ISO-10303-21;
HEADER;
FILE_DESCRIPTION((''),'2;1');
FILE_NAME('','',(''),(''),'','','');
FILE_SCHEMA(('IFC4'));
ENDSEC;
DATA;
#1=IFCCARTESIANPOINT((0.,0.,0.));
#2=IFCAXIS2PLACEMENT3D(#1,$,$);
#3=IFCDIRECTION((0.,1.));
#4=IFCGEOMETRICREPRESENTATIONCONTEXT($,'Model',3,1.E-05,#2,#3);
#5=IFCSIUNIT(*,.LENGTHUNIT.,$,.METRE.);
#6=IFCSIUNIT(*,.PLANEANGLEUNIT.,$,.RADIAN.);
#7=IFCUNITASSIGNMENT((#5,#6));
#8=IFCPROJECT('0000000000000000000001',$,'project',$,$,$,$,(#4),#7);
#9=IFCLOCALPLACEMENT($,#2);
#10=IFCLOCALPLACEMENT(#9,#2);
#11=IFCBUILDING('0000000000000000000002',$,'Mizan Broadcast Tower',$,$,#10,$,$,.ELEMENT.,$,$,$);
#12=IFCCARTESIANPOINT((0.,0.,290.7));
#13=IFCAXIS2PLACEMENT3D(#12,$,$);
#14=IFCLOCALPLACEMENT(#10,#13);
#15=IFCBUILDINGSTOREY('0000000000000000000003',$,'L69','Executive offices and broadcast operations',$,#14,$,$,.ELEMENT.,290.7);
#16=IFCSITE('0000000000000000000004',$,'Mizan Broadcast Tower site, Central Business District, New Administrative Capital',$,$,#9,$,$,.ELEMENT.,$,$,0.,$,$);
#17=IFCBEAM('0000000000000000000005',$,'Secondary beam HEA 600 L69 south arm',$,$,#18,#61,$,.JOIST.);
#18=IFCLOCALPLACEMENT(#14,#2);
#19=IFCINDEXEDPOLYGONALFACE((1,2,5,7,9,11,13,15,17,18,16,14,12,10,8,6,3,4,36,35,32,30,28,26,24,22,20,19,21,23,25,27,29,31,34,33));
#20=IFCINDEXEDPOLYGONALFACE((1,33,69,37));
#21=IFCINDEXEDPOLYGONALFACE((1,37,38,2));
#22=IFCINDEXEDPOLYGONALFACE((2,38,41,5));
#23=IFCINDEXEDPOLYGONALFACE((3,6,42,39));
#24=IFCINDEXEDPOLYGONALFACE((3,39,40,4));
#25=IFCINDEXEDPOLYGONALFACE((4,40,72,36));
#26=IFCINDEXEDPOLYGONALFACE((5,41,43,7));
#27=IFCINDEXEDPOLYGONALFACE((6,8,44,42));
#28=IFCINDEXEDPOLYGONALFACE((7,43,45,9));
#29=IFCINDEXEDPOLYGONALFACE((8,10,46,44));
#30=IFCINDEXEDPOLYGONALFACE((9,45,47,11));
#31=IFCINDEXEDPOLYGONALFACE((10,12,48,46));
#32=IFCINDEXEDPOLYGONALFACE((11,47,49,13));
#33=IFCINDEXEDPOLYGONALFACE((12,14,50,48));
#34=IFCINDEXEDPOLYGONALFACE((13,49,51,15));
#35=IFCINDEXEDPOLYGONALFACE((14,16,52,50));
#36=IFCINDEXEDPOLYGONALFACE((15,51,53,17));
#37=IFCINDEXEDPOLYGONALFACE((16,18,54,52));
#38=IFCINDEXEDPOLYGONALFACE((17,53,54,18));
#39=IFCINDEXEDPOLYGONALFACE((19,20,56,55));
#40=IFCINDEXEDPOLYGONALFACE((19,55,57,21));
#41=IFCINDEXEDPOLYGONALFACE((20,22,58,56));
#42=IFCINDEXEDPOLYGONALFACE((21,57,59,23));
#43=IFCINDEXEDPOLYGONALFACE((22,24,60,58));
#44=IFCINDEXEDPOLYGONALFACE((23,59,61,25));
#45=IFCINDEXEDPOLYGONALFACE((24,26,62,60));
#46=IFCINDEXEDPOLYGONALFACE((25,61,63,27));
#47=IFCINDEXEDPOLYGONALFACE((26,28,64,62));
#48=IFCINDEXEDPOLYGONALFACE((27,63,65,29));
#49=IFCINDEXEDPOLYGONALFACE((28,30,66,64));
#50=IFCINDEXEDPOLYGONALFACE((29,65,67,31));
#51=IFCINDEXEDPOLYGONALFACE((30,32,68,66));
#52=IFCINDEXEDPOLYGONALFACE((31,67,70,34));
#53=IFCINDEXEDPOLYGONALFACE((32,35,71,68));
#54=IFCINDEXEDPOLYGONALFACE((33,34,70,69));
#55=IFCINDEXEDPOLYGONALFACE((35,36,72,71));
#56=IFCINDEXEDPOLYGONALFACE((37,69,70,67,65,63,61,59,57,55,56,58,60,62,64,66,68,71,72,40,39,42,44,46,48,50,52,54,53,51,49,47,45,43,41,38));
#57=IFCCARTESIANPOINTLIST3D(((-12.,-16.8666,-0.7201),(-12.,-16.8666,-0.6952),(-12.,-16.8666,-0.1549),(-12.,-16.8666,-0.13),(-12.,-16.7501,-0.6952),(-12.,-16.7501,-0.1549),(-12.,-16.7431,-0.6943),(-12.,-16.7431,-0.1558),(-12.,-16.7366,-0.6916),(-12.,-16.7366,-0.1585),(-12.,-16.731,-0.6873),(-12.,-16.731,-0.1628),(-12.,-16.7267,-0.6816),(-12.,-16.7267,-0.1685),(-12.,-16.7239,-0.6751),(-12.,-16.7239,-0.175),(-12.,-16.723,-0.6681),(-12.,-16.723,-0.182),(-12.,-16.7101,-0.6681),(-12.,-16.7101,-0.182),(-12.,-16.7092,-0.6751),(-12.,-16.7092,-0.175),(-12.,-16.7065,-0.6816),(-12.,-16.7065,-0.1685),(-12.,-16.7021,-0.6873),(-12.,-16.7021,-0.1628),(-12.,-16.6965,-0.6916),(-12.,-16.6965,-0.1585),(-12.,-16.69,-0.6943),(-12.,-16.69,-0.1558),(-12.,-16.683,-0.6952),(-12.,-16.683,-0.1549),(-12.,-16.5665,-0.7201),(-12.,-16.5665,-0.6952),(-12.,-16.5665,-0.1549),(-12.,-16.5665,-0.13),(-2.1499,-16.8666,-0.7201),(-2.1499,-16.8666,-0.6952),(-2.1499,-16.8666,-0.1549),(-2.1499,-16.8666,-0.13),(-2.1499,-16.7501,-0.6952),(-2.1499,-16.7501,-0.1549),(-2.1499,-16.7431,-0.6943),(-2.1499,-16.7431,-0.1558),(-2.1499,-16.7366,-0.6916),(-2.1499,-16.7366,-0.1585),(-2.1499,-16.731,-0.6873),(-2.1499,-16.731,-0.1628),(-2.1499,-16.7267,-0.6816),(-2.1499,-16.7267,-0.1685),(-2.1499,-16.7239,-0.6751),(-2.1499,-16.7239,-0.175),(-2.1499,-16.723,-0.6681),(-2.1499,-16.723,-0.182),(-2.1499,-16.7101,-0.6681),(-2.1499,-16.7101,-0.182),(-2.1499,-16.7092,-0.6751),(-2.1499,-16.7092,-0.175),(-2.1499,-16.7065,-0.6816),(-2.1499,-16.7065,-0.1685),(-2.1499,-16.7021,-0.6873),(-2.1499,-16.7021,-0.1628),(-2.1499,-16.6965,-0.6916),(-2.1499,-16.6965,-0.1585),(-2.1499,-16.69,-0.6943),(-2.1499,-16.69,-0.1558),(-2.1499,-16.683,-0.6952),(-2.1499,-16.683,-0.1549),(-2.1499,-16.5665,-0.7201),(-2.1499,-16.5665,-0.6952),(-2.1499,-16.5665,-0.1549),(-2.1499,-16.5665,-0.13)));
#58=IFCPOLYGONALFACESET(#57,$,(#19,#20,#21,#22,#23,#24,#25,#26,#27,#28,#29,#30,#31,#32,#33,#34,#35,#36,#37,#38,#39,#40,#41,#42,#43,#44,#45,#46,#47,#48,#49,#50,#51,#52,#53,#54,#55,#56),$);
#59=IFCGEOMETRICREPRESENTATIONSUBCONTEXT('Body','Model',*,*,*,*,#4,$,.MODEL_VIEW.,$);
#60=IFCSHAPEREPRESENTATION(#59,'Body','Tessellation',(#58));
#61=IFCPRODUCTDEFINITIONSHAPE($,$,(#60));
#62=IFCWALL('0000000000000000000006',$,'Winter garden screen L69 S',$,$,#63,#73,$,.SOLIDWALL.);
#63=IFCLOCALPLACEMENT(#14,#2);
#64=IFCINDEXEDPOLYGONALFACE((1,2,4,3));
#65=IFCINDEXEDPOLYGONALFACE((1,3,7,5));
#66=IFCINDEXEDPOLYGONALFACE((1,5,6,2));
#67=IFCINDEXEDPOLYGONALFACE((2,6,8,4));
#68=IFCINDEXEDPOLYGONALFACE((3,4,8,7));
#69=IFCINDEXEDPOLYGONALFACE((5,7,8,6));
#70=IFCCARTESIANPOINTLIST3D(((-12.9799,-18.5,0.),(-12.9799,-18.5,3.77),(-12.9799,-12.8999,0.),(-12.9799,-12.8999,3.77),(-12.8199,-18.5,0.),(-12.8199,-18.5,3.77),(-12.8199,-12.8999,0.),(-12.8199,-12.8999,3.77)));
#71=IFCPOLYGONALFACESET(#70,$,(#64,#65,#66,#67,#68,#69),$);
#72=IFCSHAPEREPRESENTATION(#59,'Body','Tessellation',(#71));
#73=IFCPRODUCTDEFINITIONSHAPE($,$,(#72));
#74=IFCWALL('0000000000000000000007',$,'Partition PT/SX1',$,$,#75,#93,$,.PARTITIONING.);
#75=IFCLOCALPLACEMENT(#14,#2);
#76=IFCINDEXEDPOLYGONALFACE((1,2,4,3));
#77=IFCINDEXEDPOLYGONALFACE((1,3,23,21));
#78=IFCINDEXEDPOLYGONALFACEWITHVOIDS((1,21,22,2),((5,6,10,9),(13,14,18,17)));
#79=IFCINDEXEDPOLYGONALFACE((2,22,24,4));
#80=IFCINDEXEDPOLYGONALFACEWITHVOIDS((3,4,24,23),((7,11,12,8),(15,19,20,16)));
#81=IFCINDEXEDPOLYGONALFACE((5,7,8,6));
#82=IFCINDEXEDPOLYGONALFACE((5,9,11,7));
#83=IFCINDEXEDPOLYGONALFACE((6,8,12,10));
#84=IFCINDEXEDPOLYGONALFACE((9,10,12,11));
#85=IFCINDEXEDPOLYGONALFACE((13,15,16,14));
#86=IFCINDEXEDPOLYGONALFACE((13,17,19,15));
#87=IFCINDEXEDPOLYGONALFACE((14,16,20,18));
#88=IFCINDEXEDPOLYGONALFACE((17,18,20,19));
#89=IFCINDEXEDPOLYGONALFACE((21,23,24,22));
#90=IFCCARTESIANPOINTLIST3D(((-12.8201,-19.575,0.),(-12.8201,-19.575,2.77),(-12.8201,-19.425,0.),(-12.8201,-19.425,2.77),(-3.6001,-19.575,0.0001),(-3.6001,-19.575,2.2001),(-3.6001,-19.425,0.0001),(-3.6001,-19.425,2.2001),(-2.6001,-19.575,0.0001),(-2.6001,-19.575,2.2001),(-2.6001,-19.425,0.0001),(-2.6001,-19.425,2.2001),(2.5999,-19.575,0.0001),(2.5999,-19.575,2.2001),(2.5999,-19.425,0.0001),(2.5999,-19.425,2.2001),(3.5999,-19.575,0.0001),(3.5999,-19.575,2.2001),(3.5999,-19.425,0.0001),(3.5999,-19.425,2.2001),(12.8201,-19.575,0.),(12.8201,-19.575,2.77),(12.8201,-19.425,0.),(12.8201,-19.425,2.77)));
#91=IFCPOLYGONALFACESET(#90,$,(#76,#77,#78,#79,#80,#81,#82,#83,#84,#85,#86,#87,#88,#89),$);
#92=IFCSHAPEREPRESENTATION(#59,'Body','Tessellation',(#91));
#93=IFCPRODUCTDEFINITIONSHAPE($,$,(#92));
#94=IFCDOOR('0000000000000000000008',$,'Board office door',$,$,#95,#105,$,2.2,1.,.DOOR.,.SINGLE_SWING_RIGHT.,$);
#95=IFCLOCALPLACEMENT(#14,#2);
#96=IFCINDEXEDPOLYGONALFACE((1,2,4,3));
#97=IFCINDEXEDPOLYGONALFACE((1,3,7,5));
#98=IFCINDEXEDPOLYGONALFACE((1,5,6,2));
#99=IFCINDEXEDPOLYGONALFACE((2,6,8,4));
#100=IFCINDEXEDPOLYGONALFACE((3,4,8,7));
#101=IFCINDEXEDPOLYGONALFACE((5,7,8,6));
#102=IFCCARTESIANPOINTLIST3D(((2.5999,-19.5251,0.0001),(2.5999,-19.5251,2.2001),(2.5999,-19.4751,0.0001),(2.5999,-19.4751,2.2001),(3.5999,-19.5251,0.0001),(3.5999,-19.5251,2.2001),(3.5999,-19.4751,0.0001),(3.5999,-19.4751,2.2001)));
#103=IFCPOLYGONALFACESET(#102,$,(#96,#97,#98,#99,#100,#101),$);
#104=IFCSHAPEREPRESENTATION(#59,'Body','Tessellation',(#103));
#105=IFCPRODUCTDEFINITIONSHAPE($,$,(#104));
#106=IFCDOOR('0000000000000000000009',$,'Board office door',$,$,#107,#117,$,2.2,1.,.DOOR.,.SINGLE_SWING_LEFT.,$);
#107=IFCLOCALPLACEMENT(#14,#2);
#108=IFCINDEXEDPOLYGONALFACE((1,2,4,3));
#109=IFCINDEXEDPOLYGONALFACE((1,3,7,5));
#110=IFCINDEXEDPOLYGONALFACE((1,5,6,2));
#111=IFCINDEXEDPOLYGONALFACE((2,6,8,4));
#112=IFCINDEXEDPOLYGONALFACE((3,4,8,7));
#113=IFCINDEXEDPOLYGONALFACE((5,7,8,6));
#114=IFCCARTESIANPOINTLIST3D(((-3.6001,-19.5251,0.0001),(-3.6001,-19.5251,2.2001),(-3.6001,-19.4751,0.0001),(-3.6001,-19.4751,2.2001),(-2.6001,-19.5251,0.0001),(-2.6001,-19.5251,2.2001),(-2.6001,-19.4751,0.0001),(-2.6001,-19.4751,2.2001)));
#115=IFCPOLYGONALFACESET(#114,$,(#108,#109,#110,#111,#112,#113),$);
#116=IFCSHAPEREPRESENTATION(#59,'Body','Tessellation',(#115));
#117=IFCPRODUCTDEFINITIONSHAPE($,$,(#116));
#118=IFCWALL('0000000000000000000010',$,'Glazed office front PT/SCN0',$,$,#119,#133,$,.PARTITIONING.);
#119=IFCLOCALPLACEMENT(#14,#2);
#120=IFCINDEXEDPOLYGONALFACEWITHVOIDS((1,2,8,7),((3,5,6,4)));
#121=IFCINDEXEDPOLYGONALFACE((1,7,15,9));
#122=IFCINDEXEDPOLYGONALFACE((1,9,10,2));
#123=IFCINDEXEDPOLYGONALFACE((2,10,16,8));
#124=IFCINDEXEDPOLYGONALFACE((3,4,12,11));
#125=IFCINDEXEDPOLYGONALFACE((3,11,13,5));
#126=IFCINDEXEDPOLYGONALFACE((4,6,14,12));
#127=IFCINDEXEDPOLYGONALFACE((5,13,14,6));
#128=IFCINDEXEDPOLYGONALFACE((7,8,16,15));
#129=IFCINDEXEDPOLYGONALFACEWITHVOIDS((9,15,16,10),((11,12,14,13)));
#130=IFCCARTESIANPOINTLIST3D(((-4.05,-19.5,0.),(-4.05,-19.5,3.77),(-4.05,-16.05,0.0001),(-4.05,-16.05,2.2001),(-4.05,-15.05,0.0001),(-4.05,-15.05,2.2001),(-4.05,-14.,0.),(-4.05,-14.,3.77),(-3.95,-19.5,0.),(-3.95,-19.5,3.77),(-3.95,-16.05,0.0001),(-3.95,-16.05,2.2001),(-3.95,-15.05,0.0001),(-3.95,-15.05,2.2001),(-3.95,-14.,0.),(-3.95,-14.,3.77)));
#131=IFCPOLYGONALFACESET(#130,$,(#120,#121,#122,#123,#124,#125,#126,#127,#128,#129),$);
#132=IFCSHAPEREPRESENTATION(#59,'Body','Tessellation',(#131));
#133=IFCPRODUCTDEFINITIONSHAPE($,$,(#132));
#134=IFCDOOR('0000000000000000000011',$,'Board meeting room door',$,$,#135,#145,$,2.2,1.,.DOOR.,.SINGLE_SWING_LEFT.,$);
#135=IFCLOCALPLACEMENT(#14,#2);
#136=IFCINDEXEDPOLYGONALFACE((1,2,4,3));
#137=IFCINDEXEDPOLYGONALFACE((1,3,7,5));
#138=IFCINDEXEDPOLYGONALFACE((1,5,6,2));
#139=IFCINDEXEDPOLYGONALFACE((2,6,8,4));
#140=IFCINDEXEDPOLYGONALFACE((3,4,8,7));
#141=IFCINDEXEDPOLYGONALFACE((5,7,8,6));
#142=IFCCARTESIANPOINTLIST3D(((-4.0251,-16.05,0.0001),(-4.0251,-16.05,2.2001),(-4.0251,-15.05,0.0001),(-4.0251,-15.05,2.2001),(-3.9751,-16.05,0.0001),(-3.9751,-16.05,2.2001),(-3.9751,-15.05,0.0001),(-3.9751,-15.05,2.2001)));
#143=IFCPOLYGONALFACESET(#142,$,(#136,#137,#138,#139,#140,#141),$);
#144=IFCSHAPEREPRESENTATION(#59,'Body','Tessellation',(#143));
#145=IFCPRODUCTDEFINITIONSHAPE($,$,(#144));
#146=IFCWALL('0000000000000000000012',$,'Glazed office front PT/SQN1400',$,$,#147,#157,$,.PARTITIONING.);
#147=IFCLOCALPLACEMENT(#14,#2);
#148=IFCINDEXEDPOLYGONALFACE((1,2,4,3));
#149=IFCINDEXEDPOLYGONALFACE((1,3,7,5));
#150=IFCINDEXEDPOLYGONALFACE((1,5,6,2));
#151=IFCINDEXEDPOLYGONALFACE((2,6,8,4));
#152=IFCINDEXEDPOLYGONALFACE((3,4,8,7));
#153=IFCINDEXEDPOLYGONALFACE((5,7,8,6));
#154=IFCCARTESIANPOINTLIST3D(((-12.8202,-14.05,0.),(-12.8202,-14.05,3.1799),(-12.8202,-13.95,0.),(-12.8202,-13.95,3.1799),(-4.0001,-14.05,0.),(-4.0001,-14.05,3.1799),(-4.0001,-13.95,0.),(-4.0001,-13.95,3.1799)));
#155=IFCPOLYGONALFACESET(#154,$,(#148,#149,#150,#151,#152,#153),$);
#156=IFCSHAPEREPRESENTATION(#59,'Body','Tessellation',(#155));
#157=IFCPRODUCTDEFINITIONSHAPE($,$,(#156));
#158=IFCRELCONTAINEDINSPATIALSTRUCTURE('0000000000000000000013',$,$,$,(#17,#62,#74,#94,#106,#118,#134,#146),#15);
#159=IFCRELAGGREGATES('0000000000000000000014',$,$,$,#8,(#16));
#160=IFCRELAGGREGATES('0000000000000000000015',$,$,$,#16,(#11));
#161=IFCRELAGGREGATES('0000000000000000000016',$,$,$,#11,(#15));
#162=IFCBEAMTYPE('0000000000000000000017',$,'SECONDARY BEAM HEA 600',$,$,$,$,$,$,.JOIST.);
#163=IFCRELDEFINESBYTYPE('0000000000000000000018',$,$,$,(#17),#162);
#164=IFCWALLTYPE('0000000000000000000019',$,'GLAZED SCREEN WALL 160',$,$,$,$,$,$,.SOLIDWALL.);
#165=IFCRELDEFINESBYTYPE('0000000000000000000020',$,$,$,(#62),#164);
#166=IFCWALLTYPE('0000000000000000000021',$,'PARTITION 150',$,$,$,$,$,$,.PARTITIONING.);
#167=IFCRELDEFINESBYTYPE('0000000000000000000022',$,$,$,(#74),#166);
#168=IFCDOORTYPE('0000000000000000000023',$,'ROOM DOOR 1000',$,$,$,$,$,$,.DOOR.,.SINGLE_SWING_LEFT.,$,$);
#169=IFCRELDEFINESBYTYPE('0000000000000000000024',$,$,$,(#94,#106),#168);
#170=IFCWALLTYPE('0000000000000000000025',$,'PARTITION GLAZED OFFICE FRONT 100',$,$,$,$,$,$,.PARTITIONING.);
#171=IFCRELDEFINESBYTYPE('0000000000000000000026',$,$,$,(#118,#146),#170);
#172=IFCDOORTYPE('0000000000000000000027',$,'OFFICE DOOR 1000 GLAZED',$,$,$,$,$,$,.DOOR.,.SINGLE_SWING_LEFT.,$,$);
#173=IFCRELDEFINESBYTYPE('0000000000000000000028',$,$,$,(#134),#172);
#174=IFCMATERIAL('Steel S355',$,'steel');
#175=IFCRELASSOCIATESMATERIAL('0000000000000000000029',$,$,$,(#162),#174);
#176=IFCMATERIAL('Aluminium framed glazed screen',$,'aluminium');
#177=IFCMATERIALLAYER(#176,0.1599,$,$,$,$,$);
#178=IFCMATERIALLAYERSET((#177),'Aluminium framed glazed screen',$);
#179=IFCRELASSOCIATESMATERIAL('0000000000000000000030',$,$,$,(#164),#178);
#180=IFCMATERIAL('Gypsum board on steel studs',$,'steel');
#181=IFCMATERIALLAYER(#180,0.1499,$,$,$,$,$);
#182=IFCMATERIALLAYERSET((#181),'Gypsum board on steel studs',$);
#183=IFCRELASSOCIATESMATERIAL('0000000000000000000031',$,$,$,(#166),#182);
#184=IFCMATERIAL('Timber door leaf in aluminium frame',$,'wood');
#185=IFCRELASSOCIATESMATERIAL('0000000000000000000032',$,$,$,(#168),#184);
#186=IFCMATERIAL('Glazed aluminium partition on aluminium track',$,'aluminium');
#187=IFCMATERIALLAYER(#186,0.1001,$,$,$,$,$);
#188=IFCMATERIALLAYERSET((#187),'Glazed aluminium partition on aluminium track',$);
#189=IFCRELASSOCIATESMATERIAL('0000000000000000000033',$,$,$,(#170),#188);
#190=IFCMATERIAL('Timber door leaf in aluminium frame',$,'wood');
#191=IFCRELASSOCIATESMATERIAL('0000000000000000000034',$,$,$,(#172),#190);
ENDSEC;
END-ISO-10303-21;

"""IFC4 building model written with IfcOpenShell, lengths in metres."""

from ifc_helpers import new_model, si_unit, direction, frame, frame_2d, origin, origin_2d, place, context, subcontext, project, spatial, rectangle, i_section, extrude, material, layer, layer_set, material_profile, profile_set, type_object, element, fill, save


model = new_model("IFC4")

# Units and contexts
model_context = context("Model", 3, precision=1e-05, world=origin(), true_north=direction((0.0, 1.0)))
body_context = subcontext(model_context, "Body", "Model", "MODEL_VIEW")
ifc_project = project(units=[si_unit("LENGTHUNIT", "METRE"), si_unit("PLANEANGLEUNIT", "RADIAN")], contexts=[model_context])

# Site, building, storey
site_placement = place(None, origin())
site = spatial("IfcSite", under=ifc_project, at=site_placement, Name="Mizan Broadcast Tower site, Central Business District, New Administrative Capital", CompositionType="ELEMENT", RefElevation=0.0)
building_placement = place(site_placement, origin())
building = spatial("IfcBuilding", under=site, at=building_placement, Name="Mizan Broadcast Tower", CompositionType="ELEMENT")
storey_placement = place(building_placement, frame((0.0, 0.0, 290.7)))
storey = spatial("IfcBuildingStorey", under=building, at=storey_placement, Name="L69", Description="Executive offices and broadcast operations", CompositionType="ELEMENT", Elevation=290.7)

# Beam
ifc_material_1 = material(Name="Steel S355", Category="steel")
ifc_material_profile_1 = material_profile(ifc_material_1, i_section(OverallWidth=0.3, OverallDepth=0.5901, WebThickness=0.0129, FlangeThickness=0.0249, FilletRadius=0.0271, at=origin_2d()), Name="HEA 600")
ifc_profile_set_1 = profile_set([ifc_material_profile_1], Name="Steel S355")
beam_type_1 = type_object("IfcBeamType", Name="SECONDARY BEAM HEA 600", PredefinedType="JOIST", material=ifc_profile_set_1)
for number, where, z_axis, x_axis, name in (
    (1, (-12.0, -16.7166, -0.425), (1.0, 0.0, 0.0), (0.0, 1.0, 0.0), "Secondary beam HEA 600 L69 south arm"),
):
    element("IfcBeam", number, at=place(storey_placement, frame(where, z_axis=z_axis, x_axis=x_axis)), inside=storey, type_object=beam_type_1, Name=name, PredefinedType="JOIST", context=body_context, shape_type="SweptSolid", body=[
        extrude(i_section(OverallWidth=0.3, OverallDepth=0.5901, WebThickness=0.0129, FlangeThickness=0.0249, FilletRadius=0.0271, at=origin_2d()), origin(), (0.0, 0.0, 1.0), 9.8501),
    ])

# Wall
ifc_material_2 = material(Name="Aluminium framed glazed screen", Category="aluminium")
ifc_layer_1 = layer(ifc_material_2, 0.1599)
ifc_layer_set_1 = layer_set([ifc_layer_1], Name="Aluminium framed glazed screen")
wall_type_1 = type_object("IfcWallType", Name="GLAZED SCREEN WALL 160", PredefinedType="SOLIDWALL", material=ifc_layer_set_1)
wall_1_placement = place(storey_placement, frame((-12.8999, -12.8999, 0.0), z_axis=(0.0, 0.0, 1.0), x_axis=(0.0, -1.0, 0.0)))
element("IfcWall", 2, at=wall_1_placement, inside=storey, type_object=wall_type_1, Name="Winter garden screen L69 S", PredefinedType="SOLIDWALL", context=body_context, shape_type="SweptSolid", body=[
    extrude(rectangle(XDim=5.6001, YDim=0.1599, at=frame_2d((2.8, 0.0))), origin(), (0.0, 0.0, 1.0), 3.77),
])

# Wall, openings, doors
ifc_material_3 = material(Name="Gypsum board on steel studs", Category="steel")
ifc_layer_2 = layer(ifc_material_3, 0.1499)
ifc_layer_set_2 = layer_set([ifc_layer_2], Name="Gypsum board on steel studs")
wall_type_2 = type_object("IfcWallType", Name="PARTITION 150", PredefinedType="PARTITIONING", material=ifc_layer_set_2)
wall_2_placement = place(storey_placement, frame((-12.8201, -19.5, 0.0), z_axis=(0.0, 0.0, 1.0), x_axis=(1.0, 0.0, 0.0)))
wall_2 = element("IfcWall", 3, at=wall_2_placement, inside=storey, type_object=wall_type_2, Name="Partition PT/SX1", PredefinedType="PARTITIONING", context=body_context, shape_type="SweptSolid", body=[
    extrude(rectangle(XDim=25.6401, YDim=0.1499, at=frame_2d((12.8201, 0.0))), origin(), (0.0, 0.0, 1.0), 2.77),
])
opening_1_placement = place(wall_2_placement, frame((15.4199, 0.0, 0.0)))
opening_1 = element("IfcOpeningElement", 4, at=opening_1_placement, cuts=wall_2, PredefinedType="OPENING", context=body_context, shape_type="SweptSolid", body=[
    extrude(rectangle(XDim=1.0, YDim=2.2, at=frame_2d((0.5, 1.1001))), frame((0.0, 0.085, 0.0), z_axis=(0.0, -1.0, 0.0), x_axis=(1.0, 0.0, 0.0)), (0.0, 0.0, 1.0), 0.1699),
])
opening_2_placement = place(wall_2_placement, frame((9.22, 0.0, 0.0)))
opening_2 = element("IfcOpeningElement", 5, at=opening_2_placement, cuts=wall_2, PredefinedType="OPENING", context=body_context, shape_type="SweptSolid", body=[
    extrude(rectangle(XDim=1.0, YDim=2.2, at=frame_2d((0.5, 1.1001))), frame((0.0, 0.085, 0.0), z_axis=(0.0, -1.0, 0.0), x_axis=(1.0, 0.0, 0.0)), (0.0, 0.0, 1.0), 0.1699),
])
ifc_material_4 = material(Name="Timber door leaf in aluminium frame", Category="wood")
door_type_1 = type_object("IfcDoorType", Name="ROOM DOOR 1000", OperationType="SINGLE_SWING_LEFT", PredefinedType="DOOR", material=ifc_material_4)
door_1_placement = place(opening_1_placement, origin())
door_1 = element("IfcDoor", 6, at=door_1_placement, inside=storey, type_object=door_type_1, Name="Board office door", OperationType="SINGLE_SWING_RIGHT", OverallHeight=2.2, OverallWidth=1.0, PredefinedType="DOOR", context=body_context, shape_type="SweptSolid", body=[
    extrude(rectangle(XDim=1.0, YDim=2.2, at=frame_2d((0.5, 1.1001))), frame((0.0, 0.0249, 0.0), z_axis=(0.0, -1.0, 0.0), x_axis=(1.0, 0.0, 0.0)), (0.0, 0.0, 1.0), 0.05),
])
fill(opening_1, door_1)
door_2_placement = place(opening_2_placement, origin())
door_2 = element("IfcDoor", 7, at=door_2_placement, inside=storey, type_object=door_type_1, Name="Board office door", OperationType="SINGLE_SWING_LEFT", OverallHeight=2.2, OverallWidth=1.0, PredefinedType="DOOR", context=body_context, shape_type="SweptSolid", body=[
    extrude(rectangle(XDim=1.0, YDim=2.2, at=frame_2d((0.5, 1.1001))), frame((0.0, 0.0249, 0.0), z_axis=(0.0, -1.0, 0.0), x_axis=(1.0, 0.0, 0.0)), (0.0, 0.0, 1.0), 0.05),
])
fill(opening_2, door_2)

# Wall, opening, door
ifc_material_5 = material(Name="Glazed aluminium partition on aluminium track", Category="aluminium")
ifc_layer_3 = layer(ifc_material_5, 0.1001)
ifc_layer_set_3 = layer_set([ifc_layer_3], Name="Glazed aluminium partition on aluminium track")
wall_type_3 = type_object("IfcWallType", Name="PARTITION GLAZED OFFICE FRONT 100", PredefinedType="PARTITIONING", material=ifc_layer_set_3)
wall_3_placement = place(storey_placement, frame((-4.0, -14.0, 0.0), z_axis=(0.0, 0.0, 1.0), x_axis=(0.0, -1.0, 0.0)))
wall_3 = element("IfcWall", 8, at=wall_3_placement, inside=storey, type_object=wall_type_3, Name="Glazed office front PT/SCN0", PredefinedType="PARTITIONING", context=body_context, shape_type="SweptSolid", body=[
    extrude(rectangle(XDim=5.5, YDim=0.1001, at=frame_2d((2.75, 0.0))), origin(), (0.0, 0.0, 1.0), 3.77),
])
opening_3_placement = place(wall_3_placement, frame((1.05, 0.0, 0.0)))
opening_3 = element("IfcOpeningElement", 9, at=opening_3_placement, cuts=wall_3, PredefinedType="OPENING", context=body_context, shape_type="SweptSolid", body=[
    extrude(rectangle(XDim=1.0, YDim=2.2, at=frame_2d((0.5, 1.1001))), frame((0.0, 0.0601, 0.0), z_axis=(0.0, -1.0, 0.0), x_axis=(1.0, 0.0, 0.0)), (0.0, 0.0, 1.0), 0.1201),
])
ifc_material_6 = material(Name="Timber door leaf in aluminium frame", Category="wood")
door_type_2 = type_object("IfcDoorType", Name="OFFICE DOOR 1000 GLAZED", OperationType="SINGLE_SWING_LEFT", PredefinedType="DOOR", material=ifc_material_6)
door_3_placement = place(opening_3_placement, origin())
door_3 = element("IfcDoor", 10, at=door_3_placement, inside=storey, type_object=door_type_2, Name="Board meeting room door", OperationType="SINGLE_SWING_LEFT", OverallHeight=2.2, OverallWidth=1.0, PredefinedType="DOOR", context=body_context, shape_type="SweptSolid", body=[
    extrude(rectangle(XDim=1.0, YDim=2.2, at=frame_2d((0.5, 1.1001))), frame((0.0, 0.0249, 0.0), z_axis=(0.0, -1.0, 0.0), x_axis=(1.0, 0.0, 0.0)), (0.0, 0.0, 1.0), 0.05),
])
fill(opening_3, door_3)

# Wall
wall_4_placement = place(storey_placement, frame((-4.0, -14.0, 0.0), z_axis=(0.0, 0.0, 1.0), x_axis=(-1.0, 0.0, 0.0)))
element("IfcWall", 11, at=wall_4_placement, inside=storey, type_object=wall_type_3, Name="Glazed office front PT/SQN1400", PredefinedType="PARTITIONING", context=body_context, shape_type="SweptSolid", body=[
    extrude(rectangle(XDim=8.8201, YDim=0.1001, at=frame_2d((4.4102, 0.0))), origin(), (0.0, 0.0, 1.0), 3.1799),
])

save(model, "model.ifc")
